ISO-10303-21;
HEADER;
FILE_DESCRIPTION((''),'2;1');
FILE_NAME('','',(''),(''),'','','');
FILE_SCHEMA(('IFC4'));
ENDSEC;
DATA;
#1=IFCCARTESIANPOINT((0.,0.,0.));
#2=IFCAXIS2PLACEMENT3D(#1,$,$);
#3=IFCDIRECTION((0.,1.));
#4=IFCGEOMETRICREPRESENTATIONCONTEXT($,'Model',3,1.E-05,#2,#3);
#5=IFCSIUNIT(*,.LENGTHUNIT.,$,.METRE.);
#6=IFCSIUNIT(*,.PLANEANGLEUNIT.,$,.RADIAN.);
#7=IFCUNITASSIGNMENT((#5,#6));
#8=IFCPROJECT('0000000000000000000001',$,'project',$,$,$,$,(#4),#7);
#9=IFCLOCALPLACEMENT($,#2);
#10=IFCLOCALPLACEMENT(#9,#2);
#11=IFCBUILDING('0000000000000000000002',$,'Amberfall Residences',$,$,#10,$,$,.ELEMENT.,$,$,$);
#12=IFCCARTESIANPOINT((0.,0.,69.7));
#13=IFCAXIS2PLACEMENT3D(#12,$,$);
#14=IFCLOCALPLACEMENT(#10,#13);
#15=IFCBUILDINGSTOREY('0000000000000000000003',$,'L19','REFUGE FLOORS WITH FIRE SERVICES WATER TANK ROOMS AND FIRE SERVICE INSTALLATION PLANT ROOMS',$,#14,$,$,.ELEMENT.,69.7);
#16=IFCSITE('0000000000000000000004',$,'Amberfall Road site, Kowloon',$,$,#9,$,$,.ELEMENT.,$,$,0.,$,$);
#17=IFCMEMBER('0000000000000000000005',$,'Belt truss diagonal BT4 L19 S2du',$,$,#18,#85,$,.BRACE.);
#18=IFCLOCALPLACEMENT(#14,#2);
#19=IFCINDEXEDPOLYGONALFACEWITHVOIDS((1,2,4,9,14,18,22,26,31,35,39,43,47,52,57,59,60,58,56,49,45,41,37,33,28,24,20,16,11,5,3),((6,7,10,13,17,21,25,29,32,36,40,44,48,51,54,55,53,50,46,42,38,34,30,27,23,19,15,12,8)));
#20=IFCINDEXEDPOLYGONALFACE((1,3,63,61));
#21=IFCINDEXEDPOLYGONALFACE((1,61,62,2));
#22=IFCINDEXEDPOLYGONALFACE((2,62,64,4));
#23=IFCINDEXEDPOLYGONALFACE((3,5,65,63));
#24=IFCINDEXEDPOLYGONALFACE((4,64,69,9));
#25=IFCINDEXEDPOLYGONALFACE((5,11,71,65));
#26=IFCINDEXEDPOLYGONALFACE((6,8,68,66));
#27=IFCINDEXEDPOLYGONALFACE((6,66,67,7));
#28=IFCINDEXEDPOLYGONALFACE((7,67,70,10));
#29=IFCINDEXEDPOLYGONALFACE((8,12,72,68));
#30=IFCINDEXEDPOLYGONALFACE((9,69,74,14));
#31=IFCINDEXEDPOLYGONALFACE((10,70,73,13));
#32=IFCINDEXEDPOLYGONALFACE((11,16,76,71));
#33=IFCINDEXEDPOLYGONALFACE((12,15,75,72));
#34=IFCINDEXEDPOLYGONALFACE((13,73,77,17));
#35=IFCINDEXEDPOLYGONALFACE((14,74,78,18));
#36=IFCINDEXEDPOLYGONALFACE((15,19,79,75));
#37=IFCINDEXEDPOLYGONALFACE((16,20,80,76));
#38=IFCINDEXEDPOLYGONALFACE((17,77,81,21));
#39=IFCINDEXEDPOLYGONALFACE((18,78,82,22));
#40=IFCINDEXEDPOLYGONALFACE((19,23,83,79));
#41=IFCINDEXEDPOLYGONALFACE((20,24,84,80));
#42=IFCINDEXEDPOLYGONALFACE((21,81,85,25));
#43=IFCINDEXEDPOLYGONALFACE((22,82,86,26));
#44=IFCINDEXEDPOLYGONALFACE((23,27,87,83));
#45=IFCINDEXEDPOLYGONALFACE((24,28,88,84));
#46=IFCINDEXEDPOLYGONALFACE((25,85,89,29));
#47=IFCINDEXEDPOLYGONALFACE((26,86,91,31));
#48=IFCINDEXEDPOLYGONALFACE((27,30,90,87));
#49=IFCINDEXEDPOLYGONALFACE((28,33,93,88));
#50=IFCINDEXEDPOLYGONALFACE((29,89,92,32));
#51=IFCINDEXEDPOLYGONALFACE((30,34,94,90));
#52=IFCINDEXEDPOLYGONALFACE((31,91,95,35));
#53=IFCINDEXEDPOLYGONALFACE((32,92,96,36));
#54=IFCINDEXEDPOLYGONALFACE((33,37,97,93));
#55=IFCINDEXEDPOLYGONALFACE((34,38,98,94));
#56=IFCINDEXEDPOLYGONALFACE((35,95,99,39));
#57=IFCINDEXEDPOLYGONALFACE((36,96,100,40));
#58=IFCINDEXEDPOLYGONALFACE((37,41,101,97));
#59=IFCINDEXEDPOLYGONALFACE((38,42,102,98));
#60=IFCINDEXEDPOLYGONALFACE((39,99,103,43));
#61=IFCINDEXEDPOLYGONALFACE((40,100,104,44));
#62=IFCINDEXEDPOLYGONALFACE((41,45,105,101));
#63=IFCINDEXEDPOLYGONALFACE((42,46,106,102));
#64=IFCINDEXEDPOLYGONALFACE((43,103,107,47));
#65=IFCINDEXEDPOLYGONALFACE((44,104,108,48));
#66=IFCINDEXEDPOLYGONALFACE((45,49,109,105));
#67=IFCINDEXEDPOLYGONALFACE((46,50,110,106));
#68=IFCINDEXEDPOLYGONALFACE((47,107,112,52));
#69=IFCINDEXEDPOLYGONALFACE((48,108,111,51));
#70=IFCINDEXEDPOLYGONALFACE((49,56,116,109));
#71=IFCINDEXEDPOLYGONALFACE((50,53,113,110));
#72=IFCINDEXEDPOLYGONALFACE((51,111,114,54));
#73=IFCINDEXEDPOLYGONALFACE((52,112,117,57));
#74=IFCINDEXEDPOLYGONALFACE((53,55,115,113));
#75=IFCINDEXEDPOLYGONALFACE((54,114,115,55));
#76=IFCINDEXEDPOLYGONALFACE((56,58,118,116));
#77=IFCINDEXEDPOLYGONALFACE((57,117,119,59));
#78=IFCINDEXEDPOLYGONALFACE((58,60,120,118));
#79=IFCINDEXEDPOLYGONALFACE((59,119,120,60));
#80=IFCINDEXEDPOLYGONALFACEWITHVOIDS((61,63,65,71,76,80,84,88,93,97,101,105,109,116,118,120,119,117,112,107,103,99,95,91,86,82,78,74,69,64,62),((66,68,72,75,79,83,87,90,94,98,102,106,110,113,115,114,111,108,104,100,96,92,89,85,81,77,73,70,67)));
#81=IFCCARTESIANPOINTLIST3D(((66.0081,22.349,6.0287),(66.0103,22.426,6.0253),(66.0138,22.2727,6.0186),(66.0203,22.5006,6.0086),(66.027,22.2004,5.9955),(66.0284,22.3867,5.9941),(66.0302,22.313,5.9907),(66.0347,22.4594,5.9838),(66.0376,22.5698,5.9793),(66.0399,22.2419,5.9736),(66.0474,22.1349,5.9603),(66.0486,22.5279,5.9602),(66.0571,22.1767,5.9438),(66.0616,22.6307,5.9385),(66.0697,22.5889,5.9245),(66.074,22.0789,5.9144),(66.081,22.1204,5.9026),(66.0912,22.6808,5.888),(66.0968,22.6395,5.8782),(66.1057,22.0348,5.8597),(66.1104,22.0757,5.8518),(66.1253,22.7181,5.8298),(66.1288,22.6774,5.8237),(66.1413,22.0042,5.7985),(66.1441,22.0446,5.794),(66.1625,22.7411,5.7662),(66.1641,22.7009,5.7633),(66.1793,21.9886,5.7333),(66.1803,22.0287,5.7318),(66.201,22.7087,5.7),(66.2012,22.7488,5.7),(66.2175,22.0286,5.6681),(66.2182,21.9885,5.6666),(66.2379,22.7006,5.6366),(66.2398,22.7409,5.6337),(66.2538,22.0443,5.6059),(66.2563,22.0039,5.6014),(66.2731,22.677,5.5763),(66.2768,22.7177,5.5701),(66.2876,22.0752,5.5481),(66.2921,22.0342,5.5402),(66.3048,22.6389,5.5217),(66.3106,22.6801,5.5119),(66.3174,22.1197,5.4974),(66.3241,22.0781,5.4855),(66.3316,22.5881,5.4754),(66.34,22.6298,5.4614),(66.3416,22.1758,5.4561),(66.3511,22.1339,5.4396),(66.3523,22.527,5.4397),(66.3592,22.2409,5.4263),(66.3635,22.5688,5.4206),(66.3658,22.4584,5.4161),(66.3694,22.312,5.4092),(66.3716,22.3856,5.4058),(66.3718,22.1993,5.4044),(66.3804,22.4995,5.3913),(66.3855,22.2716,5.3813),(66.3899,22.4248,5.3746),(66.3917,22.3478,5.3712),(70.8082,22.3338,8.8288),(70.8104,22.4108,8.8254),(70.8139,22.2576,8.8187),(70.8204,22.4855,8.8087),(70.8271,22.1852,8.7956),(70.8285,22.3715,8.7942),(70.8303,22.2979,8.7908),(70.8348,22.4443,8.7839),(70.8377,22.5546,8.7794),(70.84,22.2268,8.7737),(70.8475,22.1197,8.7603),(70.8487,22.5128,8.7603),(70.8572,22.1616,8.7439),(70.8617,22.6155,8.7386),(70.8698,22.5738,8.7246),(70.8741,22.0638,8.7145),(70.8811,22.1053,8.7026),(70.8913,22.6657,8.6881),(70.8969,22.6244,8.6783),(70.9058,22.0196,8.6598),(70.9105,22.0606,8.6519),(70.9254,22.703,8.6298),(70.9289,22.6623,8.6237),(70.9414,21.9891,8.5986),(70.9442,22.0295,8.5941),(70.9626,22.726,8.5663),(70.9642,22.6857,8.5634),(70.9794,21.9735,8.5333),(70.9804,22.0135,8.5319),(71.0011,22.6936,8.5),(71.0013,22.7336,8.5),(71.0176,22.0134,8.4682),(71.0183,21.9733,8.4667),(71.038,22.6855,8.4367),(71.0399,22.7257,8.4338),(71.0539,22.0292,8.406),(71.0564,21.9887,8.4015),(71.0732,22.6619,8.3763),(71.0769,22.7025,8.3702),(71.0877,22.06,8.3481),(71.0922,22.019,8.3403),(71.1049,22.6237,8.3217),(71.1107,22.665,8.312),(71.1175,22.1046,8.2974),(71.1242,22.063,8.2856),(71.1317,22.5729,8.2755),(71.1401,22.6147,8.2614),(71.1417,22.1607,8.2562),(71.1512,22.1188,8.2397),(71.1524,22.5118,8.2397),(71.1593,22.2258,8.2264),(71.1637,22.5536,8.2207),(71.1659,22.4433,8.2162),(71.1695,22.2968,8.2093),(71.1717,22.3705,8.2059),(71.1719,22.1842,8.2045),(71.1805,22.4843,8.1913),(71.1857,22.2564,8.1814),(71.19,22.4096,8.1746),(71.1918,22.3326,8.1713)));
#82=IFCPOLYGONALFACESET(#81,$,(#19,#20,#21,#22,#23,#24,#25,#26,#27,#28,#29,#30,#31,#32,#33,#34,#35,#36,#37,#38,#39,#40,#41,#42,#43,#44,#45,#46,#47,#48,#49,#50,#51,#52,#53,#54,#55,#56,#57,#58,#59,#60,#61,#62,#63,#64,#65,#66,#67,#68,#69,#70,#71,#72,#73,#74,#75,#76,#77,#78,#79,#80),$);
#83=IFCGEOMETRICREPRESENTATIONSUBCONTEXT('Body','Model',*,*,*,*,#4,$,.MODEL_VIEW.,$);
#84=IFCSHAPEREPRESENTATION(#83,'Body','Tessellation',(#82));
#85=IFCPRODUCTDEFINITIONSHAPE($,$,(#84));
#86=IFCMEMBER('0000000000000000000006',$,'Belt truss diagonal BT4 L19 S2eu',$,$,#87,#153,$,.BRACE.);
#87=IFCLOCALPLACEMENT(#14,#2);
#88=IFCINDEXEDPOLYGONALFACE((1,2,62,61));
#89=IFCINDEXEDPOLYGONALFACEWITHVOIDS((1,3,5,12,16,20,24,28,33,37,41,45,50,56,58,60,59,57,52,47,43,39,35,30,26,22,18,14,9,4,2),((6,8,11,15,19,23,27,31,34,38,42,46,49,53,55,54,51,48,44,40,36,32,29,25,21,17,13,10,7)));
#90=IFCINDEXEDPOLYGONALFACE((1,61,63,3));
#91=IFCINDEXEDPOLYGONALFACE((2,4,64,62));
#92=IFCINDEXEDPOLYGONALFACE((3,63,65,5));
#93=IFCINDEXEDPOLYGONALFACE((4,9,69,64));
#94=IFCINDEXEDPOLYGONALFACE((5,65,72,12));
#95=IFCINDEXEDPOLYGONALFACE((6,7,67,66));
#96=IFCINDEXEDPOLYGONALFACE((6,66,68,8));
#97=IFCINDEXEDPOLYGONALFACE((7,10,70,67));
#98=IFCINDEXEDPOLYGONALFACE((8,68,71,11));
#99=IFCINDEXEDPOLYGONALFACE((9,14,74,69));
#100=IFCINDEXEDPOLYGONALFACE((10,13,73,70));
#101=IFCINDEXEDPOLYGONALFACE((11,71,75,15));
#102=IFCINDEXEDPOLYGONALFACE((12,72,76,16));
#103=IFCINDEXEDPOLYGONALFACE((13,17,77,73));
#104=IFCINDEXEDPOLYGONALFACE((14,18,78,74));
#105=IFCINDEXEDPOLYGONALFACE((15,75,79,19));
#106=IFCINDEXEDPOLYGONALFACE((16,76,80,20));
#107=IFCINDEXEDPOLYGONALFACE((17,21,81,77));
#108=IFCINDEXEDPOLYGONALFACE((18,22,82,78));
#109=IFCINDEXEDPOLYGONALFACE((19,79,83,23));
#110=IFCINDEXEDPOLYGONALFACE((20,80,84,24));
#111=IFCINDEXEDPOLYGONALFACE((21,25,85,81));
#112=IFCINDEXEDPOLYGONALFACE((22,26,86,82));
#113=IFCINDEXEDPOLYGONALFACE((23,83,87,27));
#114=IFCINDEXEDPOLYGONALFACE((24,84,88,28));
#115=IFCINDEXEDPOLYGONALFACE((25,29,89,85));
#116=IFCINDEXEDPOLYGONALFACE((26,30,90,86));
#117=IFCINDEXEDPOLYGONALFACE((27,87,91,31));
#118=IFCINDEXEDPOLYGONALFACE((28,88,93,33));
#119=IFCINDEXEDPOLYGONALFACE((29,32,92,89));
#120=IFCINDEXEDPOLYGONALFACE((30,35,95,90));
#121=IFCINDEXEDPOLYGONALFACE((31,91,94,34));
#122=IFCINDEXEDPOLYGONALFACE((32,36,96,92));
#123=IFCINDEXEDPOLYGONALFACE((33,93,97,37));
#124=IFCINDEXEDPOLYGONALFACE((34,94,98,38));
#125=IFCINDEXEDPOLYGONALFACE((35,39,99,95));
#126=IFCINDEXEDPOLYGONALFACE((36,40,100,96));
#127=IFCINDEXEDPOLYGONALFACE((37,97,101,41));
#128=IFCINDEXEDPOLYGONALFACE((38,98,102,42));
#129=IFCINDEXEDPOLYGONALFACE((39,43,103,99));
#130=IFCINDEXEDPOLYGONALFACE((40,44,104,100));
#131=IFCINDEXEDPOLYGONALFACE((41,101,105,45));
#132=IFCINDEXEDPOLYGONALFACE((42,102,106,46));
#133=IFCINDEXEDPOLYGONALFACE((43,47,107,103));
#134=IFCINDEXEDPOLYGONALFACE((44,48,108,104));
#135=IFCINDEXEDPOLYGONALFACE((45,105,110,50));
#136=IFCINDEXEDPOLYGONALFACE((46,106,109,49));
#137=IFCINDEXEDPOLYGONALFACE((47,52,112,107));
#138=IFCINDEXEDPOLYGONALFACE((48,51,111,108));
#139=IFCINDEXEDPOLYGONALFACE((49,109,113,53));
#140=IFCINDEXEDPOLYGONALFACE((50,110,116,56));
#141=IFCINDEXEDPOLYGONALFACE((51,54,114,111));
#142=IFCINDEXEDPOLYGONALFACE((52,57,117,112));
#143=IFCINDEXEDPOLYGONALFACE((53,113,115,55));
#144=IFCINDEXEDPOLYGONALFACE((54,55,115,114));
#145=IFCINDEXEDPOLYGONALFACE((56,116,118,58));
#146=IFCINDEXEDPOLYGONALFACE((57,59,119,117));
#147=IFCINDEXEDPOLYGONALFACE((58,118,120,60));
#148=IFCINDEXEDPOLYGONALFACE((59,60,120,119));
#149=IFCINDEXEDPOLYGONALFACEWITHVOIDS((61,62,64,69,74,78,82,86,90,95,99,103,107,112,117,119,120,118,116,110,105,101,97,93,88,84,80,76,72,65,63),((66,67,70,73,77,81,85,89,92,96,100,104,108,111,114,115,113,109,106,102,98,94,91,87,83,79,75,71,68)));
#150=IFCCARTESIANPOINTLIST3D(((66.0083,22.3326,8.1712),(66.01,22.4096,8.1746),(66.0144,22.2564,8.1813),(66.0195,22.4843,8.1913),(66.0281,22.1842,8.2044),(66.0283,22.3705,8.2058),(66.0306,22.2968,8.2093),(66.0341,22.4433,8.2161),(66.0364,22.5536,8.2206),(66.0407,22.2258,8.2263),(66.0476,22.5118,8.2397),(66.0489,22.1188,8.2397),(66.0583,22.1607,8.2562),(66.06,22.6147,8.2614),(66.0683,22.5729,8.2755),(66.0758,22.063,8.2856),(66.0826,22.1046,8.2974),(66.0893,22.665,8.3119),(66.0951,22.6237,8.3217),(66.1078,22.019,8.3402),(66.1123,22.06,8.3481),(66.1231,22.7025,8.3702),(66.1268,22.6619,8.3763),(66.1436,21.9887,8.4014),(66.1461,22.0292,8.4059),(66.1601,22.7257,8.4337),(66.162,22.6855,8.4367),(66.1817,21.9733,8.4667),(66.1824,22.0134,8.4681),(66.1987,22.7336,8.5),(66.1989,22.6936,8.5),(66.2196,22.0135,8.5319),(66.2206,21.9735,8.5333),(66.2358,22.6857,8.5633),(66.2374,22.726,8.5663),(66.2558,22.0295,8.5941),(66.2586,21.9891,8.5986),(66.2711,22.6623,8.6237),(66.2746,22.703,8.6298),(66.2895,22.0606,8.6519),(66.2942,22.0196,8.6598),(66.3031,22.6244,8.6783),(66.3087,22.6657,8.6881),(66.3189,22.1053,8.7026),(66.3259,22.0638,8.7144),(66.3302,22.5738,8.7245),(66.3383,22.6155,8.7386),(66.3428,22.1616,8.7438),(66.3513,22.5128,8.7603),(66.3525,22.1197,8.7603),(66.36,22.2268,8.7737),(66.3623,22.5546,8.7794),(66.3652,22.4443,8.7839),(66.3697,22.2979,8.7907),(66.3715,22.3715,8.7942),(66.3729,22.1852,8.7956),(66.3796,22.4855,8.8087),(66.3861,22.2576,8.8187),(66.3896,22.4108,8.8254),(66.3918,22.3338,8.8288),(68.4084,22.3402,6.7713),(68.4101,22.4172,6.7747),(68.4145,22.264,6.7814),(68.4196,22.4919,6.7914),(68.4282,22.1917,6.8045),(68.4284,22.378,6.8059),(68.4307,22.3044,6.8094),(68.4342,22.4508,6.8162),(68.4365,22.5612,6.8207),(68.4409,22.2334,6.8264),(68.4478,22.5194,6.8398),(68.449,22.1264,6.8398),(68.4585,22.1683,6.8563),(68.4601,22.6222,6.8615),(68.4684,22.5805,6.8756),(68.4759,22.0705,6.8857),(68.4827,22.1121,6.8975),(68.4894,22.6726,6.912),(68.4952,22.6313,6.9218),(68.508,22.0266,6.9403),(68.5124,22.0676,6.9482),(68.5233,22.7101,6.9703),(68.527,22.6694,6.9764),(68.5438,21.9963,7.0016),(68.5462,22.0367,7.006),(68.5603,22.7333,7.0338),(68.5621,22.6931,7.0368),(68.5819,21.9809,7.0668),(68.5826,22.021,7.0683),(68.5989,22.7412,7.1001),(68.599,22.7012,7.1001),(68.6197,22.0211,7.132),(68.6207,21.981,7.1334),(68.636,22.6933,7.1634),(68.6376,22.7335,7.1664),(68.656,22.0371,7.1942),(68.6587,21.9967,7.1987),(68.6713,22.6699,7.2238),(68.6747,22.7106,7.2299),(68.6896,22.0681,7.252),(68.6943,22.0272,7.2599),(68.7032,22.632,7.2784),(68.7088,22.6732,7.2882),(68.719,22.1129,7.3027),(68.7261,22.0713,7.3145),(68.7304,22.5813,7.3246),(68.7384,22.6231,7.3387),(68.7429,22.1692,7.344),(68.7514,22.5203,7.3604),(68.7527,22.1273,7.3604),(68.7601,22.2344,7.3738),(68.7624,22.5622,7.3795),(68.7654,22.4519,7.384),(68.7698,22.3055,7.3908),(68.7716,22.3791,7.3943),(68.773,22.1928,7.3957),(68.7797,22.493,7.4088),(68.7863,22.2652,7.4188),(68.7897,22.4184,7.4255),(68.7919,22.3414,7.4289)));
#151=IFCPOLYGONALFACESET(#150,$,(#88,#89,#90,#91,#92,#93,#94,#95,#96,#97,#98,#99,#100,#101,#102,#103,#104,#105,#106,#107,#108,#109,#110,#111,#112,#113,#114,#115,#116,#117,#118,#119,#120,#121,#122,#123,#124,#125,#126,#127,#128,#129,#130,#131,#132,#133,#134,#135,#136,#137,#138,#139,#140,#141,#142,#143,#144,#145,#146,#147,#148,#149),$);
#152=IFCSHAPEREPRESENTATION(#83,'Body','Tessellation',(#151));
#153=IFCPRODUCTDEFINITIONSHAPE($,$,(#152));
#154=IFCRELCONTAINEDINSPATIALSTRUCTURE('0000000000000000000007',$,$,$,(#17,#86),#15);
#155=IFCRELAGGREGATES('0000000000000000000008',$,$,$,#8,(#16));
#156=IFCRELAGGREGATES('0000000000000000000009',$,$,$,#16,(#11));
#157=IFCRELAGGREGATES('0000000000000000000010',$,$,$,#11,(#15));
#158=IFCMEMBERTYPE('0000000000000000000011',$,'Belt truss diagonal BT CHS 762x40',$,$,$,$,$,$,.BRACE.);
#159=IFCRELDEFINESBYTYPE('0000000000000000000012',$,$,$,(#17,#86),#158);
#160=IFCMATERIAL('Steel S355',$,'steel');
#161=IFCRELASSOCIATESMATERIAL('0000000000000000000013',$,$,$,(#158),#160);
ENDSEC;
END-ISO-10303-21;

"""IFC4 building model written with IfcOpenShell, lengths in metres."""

from ifc_helpers import new_model, si_unit, direction, frame, origin, origin_2d, place, context, subcontext, project, spatial, hollow_circle, extrude, material, material_profile, profile_set, type_object, element, save


model = new_model("IFC4")

# Units and contexts
model_context = context("Model", 3, precision=1e-05, world=origin(), true_north=direction((0.0, 1.0)))
body_context = subcontext(model_context, "Body", "Model", "MODEL_VIEW")
ifc_project = project(units=[si_unit("LENGTHUNIT", "METRE"), si_unit("PLANEANGLEUNIT", "RADIAN")], contexts=[model_context])

# Site, building, storey
site_placement = place(None, origin())
site = spatial("IfcSite", under=ifc_project, at=site_placement, Name="Amberfall Road site, Kowloon", CompositionType="ELEMENT", RefElevation=0.0)
building_placement = place(site_placement, origin())
building = spatial("IfcBuilding", under=site, at=building_placement, Name="Amberfall Residences", CompositionType="ELEMENT")
storey_placement = place(building_placement, frame((0.0, 0.0, 69.7)))
storey = spatial("IfcBuildingStorey", under=building, at=storey_placement, Name="L19", Description="REFUGE FLOORS WITH FIRE SERVICES WATER TANK ROOMS AND FIRE SERVICE INSTALLATION PLANT ROOMS", CompositionType="ELEMENT", Elevation=69.7)

# Shared definitions
ifc_material_1 = material(Name="Steel S355", Category="steel")

# Members
ifc_material_profile_1 = material_profile(ifc_material_1, hollow_circle(Radius=0.3811, WallThickness=0.04, at=origin_2d()), Name="CHS 762x40")
ifc_profile_set_1 = profile_set([ifc_material_profile_1], Name="Steel S355")
member_type = type_object("IfcMemberType", Name="Belt truss diagonal BT CHS 762x40", PredefinedType="BRACE", material=ifc_profile_set_1)
member_1_placement = place(storey_placement, frame((66.2, 22.3677, 5.7), z_axis=(0.863774, -0.002724, 0.503872), x_axis=(0.003153, 0.999995, 0.0)))
element("IfcMember", 1, at=member_1_placement, inside=storey, type_object=member_type, Name="Belt truss diagonal BT4 L19 S2du", PredefinedType="BRACE", context=body_context, shape_type="SweptSolid", body=[
    extrude(hollow_circle(Radius=0.3811, WallThickness=0.04, at=origin_2d()), origin(), (0.0, 0.0, 1.0), 5.5571),
])
for number, where, z_axis, x_axis, name in (
    (2, (66.2, 22.3525, 8.5), (0.863804, 0.002724, -0.50382), (-0.003153, 0.999995, 0.0), "Belt truss diagonal BT4 L19 S2eu"),
):
    element("IfcMember", number, at=place(storey_placement, frame(where, z_axis=z_axis, x_axis=x_axis)), inside=storey, type_object=member_type, Name=name, PredefinedType="BRACE", context=body_context, shape_type="SweptSolid", body=[
        extrude(hollow_circle(Radius=0.3811, WallThickness=0.04, at=origin_2d()), origin(), (0.0, 0.0, 1.0), 2.7786),
    ])

save(model, "model.ifc")
